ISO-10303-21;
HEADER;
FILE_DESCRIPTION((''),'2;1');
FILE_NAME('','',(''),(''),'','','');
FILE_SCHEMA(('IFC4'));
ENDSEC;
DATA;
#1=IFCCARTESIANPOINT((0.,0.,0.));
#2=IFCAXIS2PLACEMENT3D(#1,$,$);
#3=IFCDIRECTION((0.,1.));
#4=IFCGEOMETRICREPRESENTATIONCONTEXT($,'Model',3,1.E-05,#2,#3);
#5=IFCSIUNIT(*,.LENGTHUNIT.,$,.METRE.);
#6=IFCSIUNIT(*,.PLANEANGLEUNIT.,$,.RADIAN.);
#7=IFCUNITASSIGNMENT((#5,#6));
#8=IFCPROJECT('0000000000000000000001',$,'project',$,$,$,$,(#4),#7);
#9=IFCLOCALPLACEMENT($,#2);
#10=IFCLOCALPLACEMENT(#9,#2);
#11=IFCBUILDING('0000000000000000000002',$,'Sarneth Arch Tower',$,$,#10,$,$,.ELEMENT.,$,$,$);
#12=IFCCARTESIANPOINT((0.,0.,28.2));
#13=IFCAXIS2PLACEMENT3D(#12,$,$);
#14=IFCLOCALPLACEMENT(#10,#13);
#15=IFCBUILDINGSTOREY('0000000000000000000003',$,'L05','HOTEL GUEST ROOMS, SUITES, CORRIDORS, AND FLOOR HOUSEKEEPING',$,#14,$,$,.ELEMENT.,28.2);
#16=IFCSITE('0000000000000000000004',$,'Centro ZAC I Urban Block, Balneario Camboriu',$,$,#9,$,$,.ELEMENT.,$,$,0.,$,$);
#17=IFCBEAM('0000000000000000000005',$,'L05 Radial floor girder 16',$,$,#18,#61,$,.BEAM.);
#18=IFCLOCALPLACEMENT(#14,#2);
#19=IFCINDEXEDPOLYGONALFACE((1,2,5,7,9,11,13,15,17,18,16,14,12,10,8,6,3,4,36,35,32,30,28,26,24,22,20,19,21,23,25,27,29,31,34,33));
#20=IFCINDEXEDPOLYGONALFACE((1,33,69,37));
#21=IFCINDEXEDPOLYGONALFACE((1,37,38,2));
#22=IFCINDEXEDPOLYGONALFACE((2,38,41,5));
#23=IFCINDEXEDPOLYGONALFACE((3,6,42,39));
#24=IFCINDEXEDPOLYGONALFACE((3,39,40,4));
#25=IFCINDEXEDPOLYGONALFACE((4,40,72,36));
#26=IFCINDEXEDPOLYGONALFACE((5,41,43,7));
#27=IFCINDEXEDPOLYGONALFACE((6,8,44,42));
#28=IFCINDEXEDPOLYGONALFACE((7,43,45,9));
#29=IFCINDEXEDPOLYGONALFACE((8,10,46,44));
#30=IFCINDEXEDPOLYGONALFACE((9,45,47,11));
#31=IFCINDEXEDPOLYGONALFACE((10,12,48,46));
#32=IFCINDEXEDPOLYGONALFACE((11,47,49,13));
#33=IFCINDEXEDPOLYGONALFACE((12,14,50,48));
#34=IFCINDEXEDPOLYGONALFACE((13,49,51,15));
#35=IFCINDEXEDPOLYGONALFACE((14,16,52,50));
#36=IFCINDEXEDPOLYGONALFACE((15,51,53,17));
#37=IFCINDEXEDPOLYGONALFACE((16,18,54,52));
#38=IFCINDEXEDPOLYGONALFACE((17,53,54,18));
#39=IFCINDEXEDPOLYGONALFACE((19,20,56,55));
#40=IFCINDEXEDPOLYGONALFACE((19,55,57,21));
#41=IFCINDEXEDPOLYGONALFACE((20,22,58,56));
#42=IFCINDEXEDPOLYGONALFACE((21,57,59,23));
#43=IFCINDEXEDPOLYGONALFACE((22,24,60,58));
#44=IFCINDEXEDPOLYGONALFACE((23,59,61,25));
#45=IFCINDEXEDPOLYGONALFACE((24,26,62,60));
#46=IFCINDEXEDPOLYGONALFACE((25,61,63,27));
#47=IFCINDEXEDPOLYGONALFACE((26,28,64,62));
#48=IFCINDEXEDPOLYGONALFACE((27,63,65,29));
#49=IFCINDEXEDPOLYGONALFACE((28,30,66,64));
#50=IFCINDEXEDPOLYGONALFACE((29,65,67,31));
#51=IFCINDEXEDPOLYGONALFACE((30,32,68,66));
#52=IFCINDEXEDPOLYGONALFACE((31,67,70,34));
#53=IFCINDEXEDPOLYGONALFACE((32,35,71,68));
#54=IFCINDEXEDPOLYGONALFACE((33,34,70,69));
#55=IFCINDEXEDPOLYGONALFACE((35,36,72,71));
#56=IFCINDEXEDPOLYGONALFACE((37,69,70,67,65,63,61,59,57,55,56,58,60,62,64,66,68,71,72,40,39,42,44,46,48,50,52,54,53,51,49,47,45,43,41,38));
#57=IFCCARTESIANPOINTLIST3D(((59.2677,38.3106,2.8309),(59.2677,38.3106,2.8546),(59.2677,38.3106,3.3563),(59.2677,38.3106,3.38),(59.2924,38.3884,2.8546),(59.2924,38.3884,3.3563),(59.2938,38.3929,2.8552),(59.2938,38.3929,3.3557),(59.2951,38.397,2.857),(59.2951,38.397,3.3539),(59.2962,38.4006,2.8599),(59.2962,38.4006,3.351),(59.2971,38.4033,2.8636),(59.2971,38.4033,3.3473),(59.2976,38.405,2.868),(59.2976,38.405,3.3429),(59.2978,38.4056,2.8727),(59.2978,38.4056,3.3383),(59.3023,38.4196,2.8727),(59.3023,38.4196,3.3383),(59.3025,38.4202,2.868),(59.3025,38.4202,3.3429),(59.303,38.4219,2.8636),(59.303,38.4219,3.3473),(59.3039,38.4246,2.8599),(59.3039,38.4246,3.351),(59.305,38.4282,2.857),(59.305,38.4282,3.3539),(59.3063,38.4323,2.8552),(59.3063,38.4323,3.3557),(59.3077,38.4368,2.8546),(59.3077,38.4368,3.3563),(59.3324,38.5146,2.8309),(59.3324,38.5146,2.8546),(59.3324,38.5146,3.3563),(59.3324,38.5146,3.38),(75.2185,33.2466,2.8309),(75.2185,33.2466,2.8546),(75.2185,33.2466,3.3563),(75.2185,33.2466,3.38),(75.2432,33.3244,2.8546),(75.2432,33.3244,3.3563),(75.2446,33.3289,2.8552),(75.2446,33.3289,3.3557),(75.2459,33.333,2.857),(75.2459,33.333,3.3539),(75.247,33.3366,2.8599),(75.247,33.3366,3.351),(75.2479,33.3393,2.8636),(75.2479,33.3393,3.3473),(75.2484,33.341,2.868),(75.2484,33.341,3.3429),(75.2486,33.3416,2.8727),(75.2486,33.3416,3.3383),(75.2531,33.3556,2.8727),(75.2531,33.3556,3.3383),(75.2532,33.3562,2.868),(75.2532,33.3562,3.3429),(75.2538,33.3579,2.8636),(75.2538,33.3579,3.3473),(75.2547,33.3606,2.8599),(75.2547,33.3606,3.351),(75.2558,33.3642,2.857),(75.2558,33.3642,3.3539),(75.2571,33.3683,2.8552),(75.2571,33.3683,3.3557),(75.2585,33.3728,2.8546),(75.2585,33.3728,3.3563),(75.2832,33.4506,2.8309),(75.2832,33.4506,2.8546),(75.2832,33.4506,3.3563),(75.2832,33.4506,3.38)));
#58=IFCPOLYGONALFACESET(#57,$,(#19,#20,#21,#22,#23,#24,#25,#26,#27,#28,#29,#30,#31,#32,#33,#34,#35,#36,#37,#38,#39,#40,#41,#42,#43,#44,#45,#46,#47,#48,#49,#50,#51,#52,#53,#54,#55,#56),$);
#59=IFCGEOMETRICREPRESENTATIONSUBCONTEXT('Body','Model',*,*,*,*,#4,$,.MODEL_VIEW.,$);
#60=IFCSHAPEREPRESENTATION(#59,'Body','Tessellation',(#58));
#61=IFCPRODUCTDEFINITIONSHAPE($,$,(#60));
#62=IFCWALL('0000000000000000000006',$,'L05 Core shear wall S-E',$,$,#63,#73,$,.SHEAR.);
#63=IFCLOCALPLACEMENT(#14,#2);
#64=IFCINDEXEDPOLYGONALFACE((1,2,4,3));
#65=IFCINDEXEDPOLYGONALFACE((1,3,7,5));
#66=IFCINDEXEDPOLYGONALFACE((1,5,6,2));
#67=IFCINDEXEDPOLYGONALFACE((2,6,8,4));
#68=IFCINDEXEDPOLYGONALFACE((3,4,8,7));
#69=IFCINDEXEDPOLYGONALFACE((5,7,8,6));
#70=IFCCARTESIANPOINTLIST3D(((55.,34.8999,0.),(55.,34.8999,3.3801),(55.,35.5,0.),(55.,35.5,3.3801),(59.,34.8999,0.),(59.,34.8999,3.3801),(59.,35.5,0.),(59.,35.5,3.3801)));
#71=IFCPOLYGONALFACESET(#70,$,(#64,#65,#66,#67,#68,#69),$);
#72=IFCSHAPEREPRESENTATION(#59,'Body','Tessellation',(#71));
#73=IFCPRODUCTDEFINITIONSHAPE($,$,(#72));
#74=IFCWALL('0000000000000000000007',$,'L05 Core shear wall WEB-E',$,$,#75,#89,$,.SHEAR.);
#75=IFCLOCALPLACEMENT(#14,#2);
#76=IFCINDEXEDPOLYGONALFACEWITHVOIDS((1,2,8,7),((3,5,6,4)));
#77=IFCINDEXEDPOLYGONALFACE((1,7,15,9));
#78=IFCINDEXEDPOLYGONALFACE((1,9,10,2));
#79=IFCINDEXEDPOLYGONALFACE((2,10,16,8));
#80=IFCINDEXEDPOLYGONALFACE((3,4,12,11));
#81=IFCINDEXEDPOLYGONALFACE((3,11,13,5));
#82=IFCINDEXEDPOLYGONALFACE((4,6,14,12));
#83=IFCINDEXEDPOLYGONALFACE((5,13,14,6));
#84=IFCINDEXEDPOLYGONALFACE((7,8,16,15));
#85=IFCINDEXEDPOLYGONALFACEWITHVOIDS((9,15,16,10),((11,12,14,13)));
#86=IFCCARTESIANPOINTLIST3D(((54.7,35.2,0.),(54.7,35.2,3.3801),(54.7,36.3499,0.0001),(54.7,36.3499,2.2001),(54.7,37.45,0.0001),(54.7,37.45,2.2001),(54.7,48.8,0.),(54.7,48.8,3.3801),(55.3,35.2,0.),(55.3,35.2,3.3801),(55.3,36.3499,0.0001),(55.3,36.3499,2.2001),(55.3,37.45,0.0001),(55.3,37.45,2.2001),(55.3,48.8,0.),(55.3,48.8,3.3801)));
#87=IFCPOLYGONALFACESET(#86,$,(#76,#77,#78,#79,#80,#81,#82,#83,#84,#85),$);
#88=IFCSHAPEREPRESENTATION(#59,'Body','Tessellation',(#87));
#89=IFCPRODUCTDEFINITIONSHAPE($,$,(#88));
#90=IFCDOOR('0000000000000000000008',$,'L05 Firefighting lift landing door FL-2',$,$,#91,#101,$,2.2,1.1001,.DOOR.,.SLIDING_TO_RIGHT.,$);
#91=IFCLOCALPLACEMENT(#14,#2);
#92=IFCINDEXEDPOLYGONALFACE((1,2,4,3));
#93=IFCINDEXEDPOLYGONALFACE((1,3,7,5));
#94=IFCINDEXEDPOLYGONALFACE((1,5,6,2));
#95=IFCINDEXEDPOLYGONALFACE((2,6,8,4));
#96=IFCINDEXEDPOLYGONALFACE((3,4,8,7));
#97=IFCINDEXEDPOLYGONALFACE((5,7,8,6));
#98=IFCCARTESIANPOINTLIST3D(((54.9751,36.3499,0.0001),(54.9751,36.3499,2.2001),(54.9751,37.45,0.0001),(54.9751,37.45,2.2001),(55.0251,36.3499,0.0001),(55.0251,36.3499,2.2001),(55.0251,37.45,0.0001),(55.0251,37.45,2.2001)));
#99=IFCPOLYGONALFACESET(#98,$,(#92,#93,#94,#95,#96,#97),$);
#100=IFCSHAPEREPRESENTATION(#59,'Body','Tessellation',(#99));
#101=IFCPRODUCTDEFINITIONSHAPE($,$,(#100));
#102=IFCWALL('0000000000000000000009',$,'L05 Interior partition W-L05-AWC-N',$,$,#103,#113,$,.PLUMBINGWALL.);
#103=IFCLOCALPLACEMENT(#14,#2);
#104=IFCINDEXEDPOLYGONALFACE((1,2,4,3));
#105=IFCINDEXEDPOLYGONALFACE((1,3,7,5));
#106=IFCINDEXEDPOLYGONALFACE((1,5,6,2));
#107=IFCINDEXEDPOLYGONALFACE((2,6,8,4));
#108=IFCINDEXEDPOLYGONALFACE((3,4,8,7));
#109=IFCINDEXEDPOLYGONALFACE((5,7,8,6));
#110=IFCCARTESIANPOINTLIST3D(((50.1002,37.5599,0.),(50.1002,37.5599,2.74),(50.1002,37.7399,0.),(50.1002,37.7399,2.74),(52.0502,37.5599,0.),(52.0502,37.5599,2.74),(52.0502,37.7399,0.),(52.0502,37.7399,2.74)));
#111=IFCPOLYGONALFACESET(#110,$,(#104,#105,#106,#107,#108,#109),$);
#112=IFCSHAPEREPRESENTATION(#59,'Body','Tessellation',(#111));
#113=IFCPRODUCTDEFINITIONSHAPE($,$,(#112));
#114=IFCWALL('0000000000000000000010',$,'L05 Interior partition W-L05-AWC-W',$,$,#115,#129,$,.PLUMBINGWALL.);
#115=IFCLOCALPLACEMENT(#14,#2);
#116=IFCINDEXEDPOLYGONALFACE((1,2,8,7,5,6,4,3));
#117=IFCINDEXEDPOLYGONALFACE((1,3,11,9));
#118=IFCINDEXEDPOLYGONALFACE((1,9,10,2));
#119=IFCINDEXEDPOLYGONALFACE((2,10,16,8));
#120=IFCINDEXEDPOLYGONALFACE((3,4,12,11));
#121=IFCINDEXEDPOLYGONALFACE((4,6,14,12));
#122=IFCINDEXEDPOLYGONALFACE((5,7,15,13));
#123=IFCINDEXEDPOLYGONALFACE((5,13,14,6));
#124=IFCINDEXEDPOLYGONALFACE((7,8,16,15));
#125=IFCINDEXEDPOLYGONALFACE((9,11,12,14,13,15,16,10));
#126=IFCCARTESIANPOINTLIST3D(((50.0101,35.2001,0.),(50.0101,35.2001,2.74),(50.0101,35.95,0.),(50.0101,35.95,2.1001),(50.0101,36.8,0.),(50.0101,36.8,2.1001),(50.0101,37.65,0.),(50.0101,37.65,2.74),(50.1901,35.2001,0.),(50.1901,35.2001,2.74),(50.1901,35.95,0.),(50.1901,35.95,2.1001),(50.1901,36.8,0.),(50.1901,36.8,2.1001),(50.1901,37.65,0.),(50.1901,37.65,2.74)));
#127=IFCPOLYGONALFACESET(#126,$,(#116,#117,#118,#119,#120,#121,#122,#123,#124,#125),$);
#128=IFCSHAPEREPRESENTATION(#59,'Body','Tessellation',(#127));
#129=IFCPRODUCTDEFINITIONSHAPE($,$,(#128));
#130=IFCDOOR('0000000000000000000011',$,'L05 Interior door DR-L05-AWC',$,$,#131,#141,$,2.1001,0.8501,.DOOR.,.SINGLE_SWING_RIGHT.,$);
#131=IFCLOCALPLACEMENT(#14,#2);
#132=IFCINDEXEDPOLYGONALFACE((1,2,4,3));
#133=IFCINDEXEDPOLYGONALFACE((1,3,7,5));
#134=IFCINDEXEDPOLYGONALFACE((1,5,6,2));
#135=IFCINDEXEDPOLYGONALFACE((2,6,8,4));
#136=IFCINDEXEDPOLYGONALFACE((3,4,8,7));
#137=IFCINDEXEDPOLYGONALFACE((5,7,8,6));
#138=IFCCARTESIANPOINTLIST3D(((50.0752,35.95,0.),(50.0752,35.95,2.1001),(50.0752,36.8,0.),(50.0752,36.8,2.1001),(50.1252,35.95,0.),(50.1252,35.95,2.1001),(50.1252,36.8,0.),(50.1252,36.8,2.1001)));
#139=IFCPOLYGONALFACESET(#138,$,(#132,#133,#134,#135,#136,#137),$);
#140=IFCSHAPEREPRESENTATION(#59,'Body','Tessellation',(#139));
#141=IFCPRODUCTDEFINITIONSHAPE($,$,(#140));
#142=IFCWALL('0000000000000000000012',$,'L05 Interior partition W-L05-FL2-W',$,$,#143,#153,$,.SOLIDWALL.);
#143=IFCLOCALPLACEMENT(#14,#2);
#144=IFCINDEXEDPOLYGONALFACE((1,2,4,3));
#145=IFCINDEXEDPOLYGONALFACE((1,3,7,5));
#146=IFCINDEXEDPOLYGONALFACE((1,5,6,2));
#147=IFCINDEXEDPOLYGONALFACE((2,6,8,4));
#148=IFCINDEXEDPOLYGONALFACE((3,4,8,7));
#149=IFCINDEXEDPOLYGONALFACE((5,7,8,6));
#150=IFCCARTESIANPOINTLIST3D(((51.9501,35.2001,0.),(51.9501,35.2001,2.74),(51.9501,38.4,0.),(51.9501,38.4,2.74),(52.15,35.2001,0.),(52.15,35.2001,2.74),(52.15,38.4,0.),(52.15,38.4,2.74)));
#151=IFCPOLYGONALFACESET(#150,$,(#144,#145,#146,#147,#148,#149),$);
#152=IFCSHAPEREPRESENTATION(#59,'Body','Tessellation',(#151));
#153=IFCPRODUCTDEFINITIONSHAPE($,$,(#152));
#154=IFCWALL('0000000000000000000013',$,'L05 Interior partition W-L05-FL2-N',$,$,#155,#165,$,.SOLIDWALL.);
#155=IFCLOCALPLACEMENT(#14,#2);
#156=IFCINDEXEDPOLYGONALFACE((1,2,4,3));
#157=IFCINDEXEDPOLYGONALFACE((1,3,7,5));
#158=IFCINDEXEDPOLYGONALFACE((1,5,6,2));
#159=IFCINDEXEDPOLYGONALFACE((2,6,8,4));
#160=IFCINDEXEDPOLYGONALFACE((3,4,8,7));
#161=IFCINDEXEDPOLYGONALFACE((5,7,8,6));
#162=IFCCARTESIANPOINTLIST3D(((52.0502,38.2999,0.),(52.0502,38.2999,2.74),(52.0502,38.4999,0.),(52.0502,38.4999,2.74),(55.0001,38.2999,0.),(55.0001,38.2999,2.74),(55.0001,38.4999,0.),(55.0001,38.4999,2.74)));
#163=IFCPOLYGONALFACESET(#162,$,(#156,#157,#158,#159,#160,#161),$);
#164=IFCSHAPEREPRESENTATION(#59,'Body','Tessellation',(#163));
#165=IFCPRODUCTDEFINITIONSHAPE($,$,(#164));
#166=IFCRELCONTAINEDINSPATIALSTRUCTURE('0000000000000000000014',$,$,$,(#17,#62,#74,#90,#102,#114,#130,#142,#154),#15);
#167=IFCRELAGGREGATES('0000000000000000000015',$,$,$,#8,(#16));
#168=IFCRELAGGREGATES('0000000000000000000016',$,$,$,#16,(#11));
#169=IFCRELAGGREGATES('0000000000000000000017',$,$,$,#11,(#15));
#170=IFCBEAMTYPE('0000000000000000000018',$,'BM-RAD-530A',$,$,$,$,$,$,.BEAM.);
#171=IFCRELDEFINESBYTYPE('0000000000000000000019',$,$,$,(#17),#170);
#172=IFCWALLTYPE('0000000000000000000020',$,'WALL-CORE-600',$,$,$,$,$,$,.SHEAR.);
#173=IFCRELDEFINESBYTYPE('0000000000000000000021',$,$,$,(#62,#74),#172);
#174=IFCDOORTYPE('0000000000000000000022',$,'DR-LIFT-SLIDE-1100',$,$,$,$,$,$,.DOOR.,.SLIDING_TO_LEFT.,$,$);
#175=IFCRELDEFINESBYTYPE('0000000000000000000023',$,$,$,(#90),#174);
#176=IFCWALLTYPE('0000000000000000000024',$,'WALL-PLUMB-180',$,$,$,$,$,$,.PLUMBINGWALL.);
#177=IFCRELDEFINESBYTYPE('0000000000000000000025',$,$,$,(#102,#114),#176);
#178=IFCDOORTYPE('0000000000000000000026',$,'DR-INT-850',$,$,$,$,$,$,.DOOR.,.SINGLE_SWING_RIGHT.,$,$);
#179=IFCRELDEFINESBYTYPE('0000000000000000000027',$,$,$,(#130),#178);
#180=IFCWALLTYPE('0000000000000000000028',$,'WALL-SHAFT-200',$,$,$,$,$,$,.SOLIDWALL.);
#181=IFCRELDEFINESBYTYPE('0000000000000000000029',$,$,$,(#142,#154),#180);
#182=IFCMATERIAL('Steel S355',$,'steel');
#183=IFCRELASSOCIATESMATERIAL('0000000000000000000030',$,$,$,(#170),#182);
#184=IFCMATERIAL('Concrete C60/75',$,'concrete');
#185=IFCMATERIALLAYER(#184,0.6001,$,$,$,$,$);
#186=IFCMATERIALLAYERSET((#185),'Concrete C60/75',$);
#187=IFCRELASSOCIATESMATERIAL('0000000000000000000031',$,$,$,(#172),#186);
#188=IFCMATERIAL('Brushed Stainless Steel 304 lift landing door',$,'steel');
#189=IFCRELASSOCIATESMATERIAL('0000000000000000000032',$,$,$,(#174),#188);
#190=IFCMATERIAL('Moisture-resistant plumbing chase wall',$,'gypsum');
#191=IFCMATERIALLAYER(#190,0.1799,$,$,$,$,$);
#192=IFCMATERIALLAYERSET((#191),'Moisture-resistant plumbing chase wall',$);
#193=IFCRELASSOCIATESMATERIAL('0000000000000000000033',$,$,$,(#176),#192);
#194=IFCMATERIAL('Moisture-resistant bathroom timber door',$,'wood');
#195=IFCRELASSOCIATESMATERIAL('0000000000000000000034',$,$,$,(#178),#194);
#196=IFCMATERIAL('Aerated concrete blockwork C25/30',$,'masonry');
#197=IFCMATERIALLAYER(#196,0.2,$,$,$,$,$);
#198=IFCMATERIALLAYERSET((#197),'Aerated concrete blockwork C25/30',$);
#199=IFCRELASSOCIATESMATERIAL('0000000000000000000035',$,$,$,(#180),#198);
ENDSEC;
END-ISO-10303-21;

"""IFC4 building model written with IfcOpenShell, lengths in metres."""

from ifc_helpers import new_model, si_unit, direction, frame, frame_2d, origin, origin_2d, place, context, subcontext, project, spatial, rectangle, i_section, extrude, material, layer, layer_set, material_profile, profile_set, type_object, element, fill, save


model = new_model("IFC4")

# Units and contexts
model_context = context("Model", 3, precision=1e-05, world=origin(), true_north=direction((0.0, 1.0)))
body_context = subcontext(model_context, "Body", "Model", "MODEL_VIEW")
ifc_project = project(units=[si_unit("LENGTHUNIT", "METRE"), si_unit("PLANEANGLEUNIT", "RADIAN")], contexts=[model_context])

# Site, building, storey
site_placement = place(None, origin())
site = spatial("IfcSite", under=ifc_project, at=site_placement, Name="Centro ZAC I Urban Block, Balneario Camboriu", CompositionType="ELEMENT", RefElevation=0.0)
building_placement = place(site_placement, origin())
building = spatial("IfcBuilding", under=site, at=building_placement, Name="Sarneth Arch Tower", CompositionType="ELEMENT")
storey_placement = place(building_placement, frame((0.0, 0.0, 28.2)))
storey = spatial("IfcBuildingStorey", under=building, at=storey_placement, Name="L05", Description="HOTEL GUEST ROOMS, SUITES, CORRIDORS, AND FLOOR HOUSEKEEPING", CompositionType="ELEMENT", Elevation=28.2)

# Beam
ifc_material_1 = material(Name="Steel S355", Category="steel")
ifc_material_profile_1 = material_profile(ifc_material_1, i_section(OverallWidth=0.2141, OverallDepth=0.5491, WebThickness=0.0146, FlangeThickness=0.0237, FilletRadius=0.0181, at=origin_2d()), Name="W530x138")
ifc_profile_set_1 = profile_set([ifc_material_profile_1], Name="Steel S355")
beam_type_1 = type_object("IfcBeamType", Name="BM-RAD-530A", PredefinedType="BEAM", material=ifc_profile_set_1)
beam_1_placement = place(storey_placement, frame((59.3, 38.4126, 3.1055), z_axis=(0.95312, -0.302593, 0.0), x_axis=(0.302593, 0.95312, 0.0)))
element("IfcBeam", 1, at=beam_1_placement, inside=storey, type_object=beam_type_1, Name="L05 Radial floor girder 16", PredefinedType="BEAM", context=body_context, shape_type="SweptSolid", body=[
    extrude(i_section(OverallWidth=0.2141, OverallDepth=0.5491, WebThickness=0.0146, FlangeThickness=0.0237, FilletRadius=0.0181, at=origin_2d()), origin(), (0.0, 0.0, 1.0), 16.7354),
])

# Wall
ifc_material_2 = material(Name="Concrete C60/75", Category="concrete")
ifc_layer_1 = layer(ifc_material_2, 0.6001)
ifc_layer_set_1 = layer_set([ifc_layer_1], Name="Concrete C60/75")
wall_type_1 = type_object("IfcWallType", Name="WALL-CORE-600", PredefinedType="SHEAR", material=ifc_layer_set_1)
wall_1_placement = place(storey_placement, frame((55.0, 35.2, 0.0), z_axis=(0.0, 0.0, 1.0), x_axis=(1.0, 0.0, 0.0)))
element("IfcWall", 2, at=wall_1_placement, inside=storey, type_object=wall_type_1, Name="L05 Core shear wall S-E", PredefinedType="SHEAR", context=body_context, shape_type="SweptSolid", body=[
    extrude(rectangle(XDim=4.0, YDim=0.6001, at=frame_2d((2.0, 0.0))), origin(), (0.0, 0.0, 1.0), 3.3801),
])

# Wall, opening, door
wall_2_placement = place(storey_placement, frame((55.0, 35.2, 0.0), z_axis=(0.0, 0.0, 1.0), x_axis=(0.0, 1.0, 0.0)))
wall_2 = element("IfcWall", 3, at=wall_2_placement, inside=storey, type_object=wall_type_1, Name="L05 Core shear wall WEB-E", PredefinedType="SHEAR", context=body_context, shape_type="SweptSolid", body=[
    extrude(rectangle(XDim=13.6001, YDim=0.6001, at=frame_2d((6.8, 0.0))), origin(), (0.0, 0.0, 1.0), 3.3801),
])
opening_1_placement = place(wall_2_placement, frame((1.1499, 0.0, 0.0)))
opening_1 = element("IfcOpeningElement", 4, at=opening_1_placement, cuts=wall_2, PredefinedType="OPENING", context=body_context, shape_type="SweptSolid", body=[
    extrude(rectangle(XDim=1.1001, YDim=2.2, at=frame_2d((0.55, 1.1001))), frame((0.0, 0.3101, 0.0), z_axis=(0.0, -1.0, 0.0), x_axis=(1.0, 0.0, 0.0)), (0.0, 0.0, 1.0), 0.6201),
])
ifc_material_3 = material(Name="Brushed Stainless Steel 304 lift landing door", Category="steel")
door_type_1 = type_object("IfcDoorType", Name="DR-LIFT-SLIDE-1100", OperationType="SLIDING_TO_LEFT", PredefinedType="DOOR", material=ifc_material_3)
door_1_placement = place(opening_1_placement, origin())
door_1 = element("IfcDoor", 5, at=door_1_placement, inside=storey, type_object=door_type_1, Name="L05 Firefighting lift landing door FL-2", OperationType="SLIDING_TO_RIGHT", OverallHeight=2.2, OverallWidth=1.1001, PredefinedType="DOOR", context=body_context, shape_type="SweptSolid", body=[
    extrude(rectangle(XDim=1.1001, YDim=2.2, at=frame_2d((0.55, 1.1001))), frame((0.0, 0.0249, 0.0), z_axis=(0.0, -1.0, 0.0), x_axis=(1.0, 0.0, 0.0)), (0.0, 0.0, 1.0), 0.05),
])
fill(opening_1, door_1)

# Wall
ifc_material_4 = material(Name="Moisture-resistant plumbing chase wall", Category="gypsum")
ifc_layer_2 = layer(ifc_material_4, 0.1799)
ifc_layer_set_2 = layer_set([ifc_layer_2], Name="Moisture-resistant plumbing chase wall")
wall_type_2 = type_object("IfcWallType", Name="WALL-PLUMB-180", PredefinedType="PLUMBINGWALL", material=ifc_layer_set_2)
wall_3_placement = place(storey_placement, frame((50.1001, 37.6499, 0.0), z_axis=(0.0, 0.0, 1.0), x_axis=(1.0, 0.0, 0.0)))
element("IfcWall", 6, at=wall_3_placement, inside=storey, type_object=wall_type_2, Name="L05 Interior partition W-L05-AWC-N", PredefinedType="PLUMBINGWALL", context=body_context, shape_type="SweptSolid", body=[
    extrude(rectangle(XDim=1.95, YDim=0.1799, at=frame_2d((0.9751, 0.0))), origin(), (0.0, 0.0, 1.0), 2.74),
])

# Wall, opening, door
wall_4_placement = place(storey_placement, frame((50.1001, 35.2, 0.0), z_axis=(0.0, 0.0, 1.0), x_axis=(0.0, 1.0, 0.0)))
wall_4 = element("IfcWall", 7, at=wall_4_placement, inside=storey, type_object=wall_type_2, Name="L05 Interior partition W-L05-AWC-W", PredefinedType="PLUMBINGWALL", context=body_context, shape_type="SweptSolid", body=[
    extrude(rectangle(XDim=2.45, YDim=0.1799, at=frame_2d((1.2251, 0.0))), origin(), (0.0, 0.0, 1.0), 2.74),
])
opening_2_placement = place(wall_4_placement, frame((0.75, 0.0, 0.0)))
opening_2 = element("IfcOpeningElement", 8, at=opening_2_placement, cuts=wall_4, PredefinedType="OPENING", context=body_context, shape_type="SweptSolid", body=[
    extrude(rectangle(XDim=0.8501, YDim=2.1001, at=frame_2d((0.425, 1.05))), frame((0.0, 0.0999, 0.0), z_axis=(0.0, -1.0, 0.0), x_axis=(1.0, 0.0, 0.0)), (0.0, 0.0, 1.0), 0.2),
])
ifc_material_5 = material(Name="Moisture-resistant bathroom timber door", Category="wood")
door_type_2 = type_object("IfcDoorType", Name="DR-INT-850", OperationType="SINGLE_SWING_RIGHT", PredefinedType="DOOR", material=ifc_material_5)
door_2_placement = place(opening_2_placement, origin())
door_2 = element("IfcDoor", 9, at=door_2_placement, inside=storey, type_object=door_type_2, Name="L05 Interior door DR-L05-AWC", OperationType="SINGLE_SWING_RIGHT", OverallHeight=2.1001, OverallWidth=0.8501, PredefinedType="DOOR", context=body_context, shape_type="SweptSolid", body=[
    extrude(rectangle(XDim=0.8501, YDim=2.1001, at=frame_2d((0.425, 1.05))), frame((0.0, 0.0249, 0.0), z_axis=(0.0, -1.0, 0.0), x_axis=(1.0, 0.0, 0.0)), (0.0, 0.0, 1.0), 0.05),
])
fill(opening_2, door_2)
ifc_material_6 = material(Name="Aerated concrete blockwork C25/30", Category="masonry")
ifc_layer_3 = layer(ifc_material_6, 0.2)
ifc_layer_set_3 = layer_set([ifc_layer_3], Name="Aerated concrete blockwork C25/30")
wall_type_3 = type_object("IfcWallType", Name="WALL-SHAFT-200", PredefinedType="SOLIDWALL", material=ifc_layer_set_3)

# Walls
wall_5_placement = place(storey_placement, frame((52.05, 35.2, 0.0), z_axis=(0.0, 0.0, 1.0), x_axis=(0.0, 1.0, 0.0)))
element("IfcWall", 10, at=wall_5_placement, inside=storey, type_object=wall_type_3, Name="L05 Interior partition W-L05-FL2-W", PredefinedType="SOLIDWALL", context=body_context, shape_type="SweptSolid", body=[
    extrude(rectangle(XDim=3.2, YDim=0.2, at=frame_2d((1.6001, 0.0))), origin(), (0.0, 0.0, 1.0), 2.74),
])
wall_6_placement = place(storey_placement, frame((52.05, 38.3999, 0.0), z_axis=(0.0, 0.0, 1.0), x_axis=(1.0, 0.0, 0.0)))
element("IfcWall", 11, at=wall_6_placement, inside=storey, type_object=wall_type_3, Name="L05 Interior partition W-L05-FL2-N", PredefinedType="SOLIDWALL", context=body_context, shape_type="SweptSolid", body=[
    extrude(rectangle(XDim=2.95, YDim=0.2, at=frame_2d((1.4751, 0.0))), origin(), (0.0, 0.0, 1.0), 2.74),
])

save(model, "model.ifc")
